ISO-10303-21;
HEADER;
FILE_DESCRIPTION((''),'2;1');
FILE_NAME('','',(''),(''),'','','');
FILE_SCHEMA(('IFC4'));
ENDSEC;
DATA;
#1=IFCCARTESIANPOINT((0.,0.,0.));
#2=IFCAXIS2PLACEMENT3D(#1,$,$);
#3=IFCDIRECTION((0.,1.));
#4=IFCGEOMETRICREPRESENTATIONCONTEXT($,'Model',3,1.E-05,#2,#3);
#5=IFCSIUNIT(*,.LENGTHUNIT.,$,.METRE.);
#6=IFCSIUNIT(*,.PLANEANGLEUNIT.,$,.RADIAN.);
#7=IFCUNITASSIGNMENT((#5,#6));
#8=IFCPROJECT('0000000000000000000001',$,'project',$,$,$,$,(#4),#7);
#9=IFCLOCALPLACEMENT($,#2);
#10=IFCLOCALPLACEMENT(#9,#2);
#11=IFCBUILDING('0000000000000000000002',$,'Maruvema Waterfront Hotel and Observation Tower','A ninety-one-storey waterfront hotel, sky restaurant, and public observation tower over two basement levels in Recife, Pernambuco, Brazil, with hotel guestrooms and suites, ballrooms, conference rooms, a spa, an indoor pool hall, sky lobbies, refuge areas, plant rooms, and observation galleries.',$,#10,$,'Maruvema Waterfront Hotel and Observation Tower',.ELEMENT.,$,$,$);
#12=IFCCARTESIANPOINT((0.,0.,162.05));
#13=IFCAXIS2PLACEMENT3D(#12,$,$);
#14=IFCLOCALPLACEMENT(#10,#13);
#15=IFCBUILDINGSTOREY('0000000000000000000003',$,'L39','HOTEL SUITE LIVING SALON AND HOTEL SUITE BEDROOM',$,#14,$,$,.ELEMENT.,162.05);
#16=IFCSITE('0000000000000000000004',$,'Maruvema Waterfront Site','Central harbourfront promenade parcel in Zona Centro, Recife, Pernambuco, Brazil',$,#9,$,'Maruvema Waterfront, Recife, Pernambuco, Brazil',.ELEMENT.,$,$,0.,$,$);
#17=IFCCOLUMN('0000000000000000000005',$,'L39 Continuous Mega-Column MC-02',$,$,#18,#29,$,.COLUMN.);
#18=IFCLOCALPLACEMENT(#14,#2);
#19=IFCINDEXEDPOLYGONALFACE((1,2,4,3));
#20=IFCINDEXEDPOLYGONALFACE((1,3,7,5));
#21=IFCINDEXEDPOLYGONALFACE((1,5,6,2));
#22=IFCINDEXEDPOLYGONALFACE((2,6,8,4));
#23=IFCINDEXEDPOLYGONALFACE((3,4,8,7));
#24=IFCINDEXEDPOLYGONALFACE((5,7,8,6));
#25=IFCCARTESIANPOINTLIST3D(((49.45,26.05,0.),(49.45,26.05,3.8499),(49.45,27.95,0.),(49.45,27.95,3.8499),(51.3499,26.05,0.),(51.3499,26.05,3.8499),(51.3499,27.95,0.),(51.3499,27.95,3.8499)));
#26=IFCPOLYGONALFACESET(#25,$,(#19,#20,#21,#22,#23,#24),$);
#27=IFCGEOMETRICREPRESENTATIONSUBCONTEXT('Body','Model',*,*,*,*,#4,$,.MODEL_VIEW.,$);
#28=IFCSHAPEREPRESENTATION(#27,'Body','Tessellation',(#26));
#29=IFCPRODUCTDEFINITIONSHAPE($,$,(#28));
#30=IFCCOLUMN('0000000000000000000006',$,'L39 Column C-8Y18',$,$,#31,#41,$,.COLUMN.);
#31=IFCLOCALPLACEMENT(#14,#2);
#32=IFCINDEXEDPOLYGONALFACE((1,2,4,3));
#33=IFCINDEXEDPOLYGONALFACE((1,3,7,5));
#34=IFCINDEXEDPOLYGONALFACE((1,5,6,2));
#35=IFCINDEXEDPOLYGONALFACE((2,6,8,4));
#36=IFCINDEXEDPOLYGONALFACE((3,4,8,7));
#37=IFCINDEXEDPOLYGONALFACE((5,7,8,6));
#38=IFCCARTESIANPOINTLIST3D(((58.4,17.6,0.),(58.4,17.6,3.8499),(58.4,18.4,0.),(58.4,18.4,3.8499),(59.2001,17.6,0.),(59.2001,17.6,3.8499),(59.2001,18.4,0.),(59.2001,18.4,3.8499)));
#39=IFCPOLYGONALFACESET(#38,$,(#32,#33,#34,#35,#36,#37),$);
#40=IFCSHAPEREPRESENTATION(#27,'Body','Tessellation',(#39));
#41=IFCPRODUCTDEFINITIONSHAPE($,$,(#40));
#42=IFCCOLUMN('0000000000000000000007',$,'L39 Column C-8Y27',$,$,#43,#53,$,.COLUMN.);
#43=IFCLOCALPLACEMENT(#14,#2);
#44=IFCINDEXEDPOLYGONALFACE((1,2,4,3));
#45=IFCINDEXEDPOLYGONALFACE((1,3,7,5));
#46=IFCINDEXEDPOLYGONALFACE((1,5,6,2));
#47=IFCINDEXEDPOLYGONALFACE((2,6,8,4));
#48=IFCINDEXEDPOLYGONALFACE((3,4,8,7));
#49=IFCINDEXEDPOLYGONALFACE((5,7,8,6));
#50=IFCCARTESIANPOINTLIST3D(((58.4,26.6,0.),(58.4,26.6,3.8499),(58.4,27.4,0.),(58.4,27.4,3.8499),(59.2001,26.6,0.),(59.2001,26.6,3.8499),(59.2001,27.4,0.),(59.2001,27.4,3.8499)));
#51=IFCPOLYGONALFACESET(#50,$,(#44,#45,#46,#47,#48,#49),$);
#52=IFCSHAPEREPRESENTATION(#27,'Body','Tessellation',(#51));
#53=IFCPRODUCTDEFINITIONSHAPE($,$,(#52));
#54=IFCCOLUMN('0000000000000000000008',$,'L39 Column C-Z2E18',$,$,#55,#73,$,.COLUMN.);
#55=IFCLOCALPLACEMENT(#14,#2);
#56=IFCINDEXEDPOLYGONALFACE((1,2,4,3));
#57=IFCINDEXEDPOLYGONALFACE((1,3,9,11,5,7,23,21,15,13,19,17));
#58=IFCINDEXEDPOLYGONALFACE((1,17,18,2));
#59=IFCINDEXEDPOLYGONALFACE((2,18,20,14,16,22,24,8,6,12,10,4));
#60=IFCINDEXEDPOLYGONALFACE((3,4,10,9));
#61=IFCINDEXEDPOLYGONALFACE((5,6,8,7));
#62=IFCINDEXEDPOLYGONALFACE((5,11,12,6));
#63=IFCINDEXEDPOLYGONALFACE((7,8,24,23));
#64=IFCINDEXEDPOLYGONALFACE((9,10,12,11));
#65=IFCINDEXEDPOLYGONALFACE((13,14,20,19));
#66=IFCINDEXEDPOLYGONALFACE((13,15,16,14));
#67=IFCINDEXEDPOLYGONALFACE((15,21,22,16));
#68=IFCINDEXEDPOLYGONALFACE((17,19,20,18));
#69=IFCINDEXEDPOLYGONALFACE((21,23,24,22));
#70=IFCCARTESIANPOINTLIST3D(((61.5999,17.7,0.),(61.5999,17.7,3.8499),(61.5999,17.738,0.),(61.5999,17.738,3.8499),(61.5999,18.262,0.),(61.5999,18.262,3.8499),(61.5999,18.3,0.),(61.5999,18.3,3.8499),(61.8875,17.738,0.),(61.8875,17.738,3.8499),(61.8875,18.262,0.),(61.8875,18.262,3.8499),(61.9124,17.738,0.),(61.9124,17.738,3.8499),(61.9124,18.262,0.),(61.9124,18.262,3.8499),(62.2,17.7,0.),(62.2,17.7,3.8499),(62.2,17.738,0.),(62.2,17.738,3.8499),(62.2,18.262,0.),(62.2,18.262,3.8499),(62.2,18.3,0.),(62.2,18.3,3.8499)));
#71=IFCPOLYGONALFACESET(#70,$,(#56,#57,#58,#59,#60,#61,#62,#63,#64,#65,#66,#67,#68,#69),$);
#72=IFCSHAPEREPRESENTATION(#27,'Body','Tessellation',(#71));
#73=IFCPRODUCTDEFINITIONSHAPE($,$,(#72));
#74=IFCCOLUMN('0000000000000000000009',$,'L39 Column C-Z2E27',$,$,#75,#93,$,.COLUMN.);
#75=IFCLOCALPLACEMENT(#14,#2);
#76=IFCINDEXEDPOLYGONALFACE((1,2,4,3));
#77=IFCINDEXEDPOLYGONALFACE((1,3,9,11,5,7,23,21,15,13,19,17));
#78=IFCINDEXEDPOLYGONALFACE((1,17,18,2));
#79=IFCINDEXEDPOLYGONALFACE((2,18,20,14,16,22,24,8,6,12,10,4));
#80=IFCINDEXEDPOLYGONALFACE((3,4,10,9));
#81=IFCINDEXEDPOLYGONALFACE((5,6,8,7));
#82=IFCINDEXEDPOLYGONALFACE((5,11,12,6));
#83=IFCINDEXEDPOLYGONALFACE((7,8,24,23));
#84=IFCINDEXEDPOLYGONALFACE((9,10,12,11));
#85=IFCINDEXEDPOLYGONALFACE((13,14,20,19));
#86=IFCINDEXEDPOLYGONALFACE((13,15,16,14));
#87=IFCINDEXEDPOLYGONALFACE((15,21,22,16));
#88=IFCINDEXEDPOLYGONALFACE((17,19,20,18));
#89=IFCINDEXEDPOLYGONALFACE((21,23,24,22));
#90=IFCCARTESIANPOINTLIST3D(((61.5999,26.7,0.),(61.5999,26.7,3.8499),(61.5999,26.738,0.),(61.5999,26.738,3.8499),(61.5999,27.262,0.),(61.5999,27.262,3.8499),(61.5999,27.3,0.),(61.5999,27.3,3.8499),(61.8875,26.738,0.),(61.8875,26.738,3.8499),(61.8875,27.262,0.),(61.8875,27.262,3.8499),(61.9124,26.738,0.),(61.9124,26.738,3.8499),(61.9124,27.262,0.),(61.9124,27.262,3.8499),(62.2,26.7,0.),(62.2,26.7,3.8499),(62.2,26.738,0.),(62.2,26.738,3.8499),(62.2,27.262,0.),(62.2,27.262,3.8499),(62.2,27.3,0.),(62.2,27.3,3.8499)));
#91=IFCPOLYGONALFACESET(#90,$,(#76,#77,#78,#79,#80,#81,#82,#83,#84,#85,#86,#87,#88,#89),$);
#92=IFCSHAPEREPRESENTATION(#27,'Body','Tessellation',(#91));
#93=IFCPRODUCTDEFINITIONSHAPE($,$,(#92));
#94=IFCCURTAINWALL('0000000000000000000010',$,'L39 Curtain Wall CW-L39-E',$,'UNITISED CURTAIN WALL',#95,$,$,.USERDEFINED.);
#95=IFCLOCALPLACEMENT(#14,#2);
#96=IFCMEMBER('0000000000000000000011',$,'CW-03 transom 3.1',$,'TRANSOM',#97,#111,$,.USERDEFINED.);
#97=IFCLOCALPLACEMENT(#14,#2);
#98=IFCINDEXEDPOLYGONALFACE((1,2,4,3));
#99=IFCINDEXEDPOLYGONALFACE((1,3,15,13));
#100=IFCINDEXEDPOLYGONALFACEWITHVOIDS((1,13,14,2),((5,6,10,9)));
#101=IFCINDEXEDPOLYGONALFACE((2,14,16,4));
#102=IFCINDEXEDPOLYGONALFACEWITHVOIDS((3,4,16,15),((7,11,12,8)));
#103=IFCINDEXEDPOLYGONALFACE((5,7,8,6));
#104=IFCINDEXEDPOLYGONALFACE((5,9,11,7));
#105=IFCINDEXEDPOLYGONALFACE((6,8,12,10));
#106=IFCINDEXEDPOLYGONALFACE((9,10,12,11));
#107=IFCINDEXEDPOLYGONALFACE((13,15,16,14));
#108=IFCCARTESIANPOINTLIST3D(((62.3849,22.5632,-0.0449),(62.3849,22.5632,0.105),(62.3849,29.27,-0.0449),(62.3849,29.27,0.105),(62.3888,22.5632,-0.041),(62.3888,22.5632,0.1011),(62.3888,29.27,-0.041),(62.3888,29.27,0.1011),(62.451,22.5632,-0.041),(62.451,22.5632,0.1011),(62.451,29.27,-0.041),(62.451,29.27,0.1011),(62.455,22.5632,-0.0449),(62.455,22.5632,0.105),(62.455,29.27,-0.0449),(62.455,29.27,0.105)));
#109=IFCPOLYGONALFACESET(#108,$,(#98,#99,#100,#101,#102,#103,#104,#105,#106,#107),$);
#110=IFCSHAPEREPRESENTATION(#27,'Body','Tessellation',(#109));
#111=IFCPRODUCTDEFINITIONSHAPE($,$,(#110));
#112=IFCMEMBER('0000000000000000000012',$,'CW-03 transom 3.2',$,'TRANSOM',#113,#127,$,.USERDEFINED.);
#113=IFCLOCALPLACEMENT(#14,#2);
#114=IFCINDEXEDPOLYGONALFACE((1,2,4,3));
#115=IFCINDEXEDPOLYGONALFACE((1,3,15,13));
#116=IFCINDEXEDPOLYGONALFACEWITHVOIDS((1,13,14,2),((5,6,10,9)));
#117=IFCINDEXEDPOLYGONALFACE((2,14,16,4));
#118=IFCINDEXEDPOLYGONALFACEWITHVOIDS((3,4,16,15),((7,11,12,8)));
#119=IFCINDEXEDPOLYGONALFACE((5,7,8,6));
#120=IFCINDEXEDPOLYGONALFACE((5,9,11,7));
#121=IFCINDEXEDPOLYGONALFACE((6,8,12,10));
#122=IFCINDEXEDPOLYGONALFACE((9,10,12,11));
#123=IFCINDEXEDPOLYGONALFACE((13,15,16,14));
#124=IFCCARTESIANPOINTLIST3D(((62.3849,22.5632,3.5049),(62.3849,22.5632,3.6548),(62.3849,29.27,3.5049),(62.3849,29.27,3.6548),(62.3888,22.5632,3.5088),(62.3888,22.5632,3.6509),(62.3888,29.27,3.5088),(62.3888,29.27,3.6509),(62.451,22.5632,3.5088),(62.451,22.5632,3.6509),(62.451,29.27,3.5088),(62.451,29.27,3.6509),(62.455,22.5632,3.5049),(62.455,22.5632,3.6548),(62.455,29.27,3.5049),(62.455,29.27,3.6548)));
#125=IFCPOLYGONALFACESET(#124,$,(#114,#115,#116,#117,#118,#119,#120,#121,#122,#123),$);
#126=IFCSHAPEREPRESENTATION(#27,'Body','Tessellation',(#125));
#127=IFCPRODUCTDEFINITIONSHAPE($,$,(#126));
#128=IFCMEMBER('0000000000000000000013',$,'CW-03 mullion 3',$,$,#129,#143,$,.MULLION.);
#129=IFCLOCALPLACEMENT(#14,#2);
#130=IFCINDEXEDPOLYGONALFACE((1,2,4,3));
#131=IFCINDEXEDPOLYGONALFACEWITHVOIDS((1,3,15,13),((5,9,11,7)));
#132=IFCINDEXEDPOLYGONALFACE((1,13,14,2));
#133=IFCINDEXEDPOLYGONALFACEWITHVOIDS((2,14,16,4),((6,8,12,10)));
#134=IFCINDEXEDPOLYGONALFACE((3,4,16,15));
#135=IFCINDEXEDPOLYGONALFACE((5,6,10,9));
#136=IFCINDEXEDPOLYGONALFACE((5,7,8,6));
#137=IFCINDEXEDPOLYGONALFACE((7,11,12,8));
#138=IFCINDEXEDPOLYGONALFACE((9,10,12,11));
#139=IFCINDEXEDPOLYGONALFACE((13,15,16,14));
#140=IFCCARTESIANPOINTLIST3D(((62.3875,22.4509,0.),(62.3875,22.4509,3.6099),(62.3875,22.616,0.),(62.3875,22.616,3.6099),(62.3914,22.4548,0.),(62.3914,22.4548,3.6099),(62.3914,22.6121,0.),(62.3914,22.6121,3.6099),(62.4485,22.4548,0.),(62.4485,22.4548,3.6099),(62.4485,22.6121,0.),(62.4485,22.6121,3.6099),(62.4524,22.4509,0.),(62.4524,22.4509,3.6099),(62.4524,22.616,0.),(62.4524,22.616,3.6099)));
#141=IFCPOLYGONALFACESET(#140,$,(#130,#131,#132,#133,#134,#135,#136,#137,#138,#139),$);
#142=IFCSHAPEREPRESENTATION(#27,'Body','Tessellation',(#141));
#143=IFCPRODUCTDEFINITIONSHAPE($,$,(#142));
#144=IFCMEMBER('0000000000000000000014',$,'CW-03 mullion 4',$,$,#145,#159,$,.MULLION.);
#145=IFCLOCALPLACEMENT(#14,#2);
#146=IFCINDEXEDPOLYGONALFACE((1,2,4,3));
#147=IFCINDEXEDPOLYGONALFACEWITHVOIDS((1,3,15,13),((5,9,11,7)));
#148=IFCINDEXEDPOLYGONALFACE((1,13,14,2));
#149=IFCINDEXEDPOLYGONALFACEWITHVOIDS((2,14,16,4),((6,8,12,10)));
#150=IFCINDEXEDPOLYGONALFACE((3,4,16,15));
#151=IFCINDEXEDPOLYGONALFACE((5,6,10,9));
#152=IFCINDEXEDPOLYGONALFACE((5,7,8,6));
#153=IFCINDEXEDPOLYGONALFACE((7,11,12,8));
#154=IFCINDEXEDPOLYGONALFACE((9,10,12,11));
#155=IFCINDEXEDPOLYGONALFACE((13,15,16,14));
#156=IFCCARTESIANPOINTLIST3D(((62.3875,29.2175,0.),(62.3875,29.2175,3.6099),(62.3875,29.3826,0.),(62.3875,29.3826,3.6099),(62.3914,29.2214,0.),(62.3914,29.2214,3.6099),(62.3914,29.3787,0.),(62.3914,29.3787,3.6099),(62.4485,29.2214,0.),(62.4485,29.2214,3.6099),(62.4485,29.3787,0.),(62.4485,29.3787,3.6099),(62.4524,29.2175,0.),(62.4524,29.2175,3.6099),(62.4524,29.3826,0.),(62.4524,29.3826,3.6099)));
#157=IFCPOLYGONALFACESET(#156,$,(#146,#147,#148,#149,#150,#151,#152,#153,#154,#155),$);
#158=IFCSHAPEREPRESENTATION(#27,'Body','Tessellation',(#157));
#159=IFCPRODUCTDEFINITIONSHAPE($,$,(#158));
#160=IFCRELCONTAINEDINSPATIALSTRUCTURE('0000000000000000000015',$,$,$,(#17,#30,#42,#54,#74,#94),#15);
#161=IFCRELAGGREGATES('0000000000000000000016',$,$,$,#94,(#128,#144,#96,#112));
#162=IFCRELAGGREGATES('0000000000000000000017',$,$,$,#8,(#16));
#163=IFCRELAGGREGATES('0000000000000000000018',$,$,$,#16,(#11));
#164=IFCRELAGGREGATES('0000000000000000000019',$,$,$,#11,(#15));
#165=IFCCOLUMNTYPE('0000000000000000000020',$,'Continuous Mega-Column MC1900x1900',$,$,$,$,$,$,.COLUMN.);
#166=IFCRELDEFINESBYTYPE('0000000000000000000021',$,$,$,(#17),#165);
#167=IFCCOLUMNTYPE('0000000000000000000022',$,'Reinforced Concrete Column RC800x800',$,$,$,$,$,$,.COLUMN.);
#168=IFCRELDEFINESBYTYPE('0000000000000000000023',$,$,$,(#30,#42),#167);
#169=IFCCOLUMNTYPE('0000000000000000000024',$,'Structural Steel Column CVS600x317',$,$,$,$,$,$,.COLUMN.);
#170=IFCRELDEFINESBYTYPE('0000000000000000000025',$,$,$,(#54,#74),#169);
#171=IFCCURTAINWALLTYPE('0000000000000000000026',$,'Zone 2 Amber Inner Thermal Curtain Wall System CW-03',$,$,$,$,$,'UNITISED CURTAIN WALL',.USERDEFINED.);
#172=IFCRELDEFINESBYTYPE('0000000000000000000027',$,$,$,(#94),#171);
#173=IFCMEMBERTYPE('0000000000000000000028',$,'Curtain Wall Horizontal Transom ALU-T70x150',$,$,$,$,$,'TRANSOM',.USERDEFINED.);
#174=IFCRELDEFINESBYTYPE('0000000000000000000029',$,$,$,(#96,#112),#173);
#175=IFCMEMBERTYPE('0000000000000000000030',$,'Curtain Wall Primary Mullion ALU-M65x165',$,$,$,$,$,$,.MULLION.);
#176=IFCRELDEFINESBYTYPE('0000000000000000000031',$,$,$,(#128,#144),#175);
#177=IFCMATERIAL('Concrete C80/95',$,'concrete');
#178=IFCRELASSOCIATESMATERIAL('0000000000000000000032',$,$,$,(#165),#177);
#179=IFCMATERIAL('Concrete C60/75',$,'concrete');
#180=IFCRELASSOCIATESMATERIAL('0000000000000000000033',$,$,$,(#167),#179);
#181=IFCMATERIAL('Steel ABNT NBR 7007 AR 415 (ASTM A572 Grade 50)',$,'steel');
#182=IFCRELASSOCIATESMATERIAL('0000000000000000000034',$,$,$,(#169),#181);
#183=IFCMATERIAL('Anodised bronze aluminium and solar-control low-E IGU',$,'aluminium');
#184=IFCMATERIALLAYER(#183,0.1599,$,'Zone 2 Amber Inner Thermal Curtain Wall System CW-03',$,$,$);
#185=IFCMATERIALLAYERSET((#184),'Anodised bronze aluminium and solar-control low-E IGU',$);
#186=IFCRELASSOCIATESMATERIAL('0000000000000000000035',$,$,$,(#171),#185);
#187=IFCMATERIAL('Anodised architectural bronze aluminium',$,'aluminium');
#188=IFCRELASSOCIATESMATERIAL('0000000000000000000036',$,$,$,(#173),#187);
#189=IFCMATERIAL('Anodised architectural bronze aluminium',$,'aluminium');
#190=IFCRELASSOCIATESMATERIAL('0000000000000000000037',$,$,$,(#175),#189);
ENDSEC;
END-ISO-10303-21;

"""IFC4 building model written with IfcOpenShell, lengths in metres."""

from ifc_helpers import new_model, si_unit, direction, frame, origin, origin_2d, place, context, subcontext, project, spatial, rectangle, hollow_rectangle, i_section, extrude, material, layer, layer_set, material_profile, profile_set, type_object, element, aggregate, save


model = new_model("IFC4")

# Units and contexts
model_context = context("Model", 3, precision=1e-05, world=origin(), true_north=direction((0.0, 1.0)))
body_context = subcontext(model_context, "Body", "Model", "MODEL_VIEW")
ifc_project = project(units=[si_unit("LENGTHUNIT", "METRE"), si_unit("PLANEANGLEUNIT", "RADIAN")], contexts=[model_context])

# Site, building, storey
site_placement = place(None, origin())
site = spatial("IfcSite", under=ifc_project, at=site_placement, Name="Maruvema Waterfront Site", Description="Central harbourfront promenade parcel in Zona Centro, Recife, Pernambuco, Brazil", LongName="Maruvema Waterfront, Recife, Pernambuco, Brazil", CompositionType="ELEMENT", RefElevation=0.0)
building_placement = place(site_placement, origin())
building = spatial("IfcBuilding", under=site, at=building_placement, Name="Maruvema Waterfront Hotel and Observation Tower", Description="A ninety-one-storey waterfront hotel, sky restaurant, and public observation tower over two basement levels in Recife, Pernambuco, Brazil, with hotel guestrooms and suites, ballrooms, conference rooms, a spa, an indoor pool hall, sky lobbies, refuge areas, plant rooms, and observation galleries.", LongName="Maruvema Waterfront Hotel and Observation Tower", CompositionType="ELEMENT")
storey_placement = place(building_placement, frame((0.0, 0.0, 162.05)))
storey = spatial("IfcBuildingStorey", under=building, at=storey_placement, Name="L39", Description="HOTEL SUITE LIVING SALON AND HOTEL SUITE BEDROOM", CompositionType="ELEMENT", Elevation=162.05)

# Columns
ifc_material_1 = material(Name="Concrete C80/95", Category="concrete")
ifc_material_profile_1 = material_profile(ifc_material_1, rectangle(XDim=1.8999, YDim=1.8999, at=origin_2d()), Name="MC1900x1900")
ifc_profile_set_1 = profile_set([ifc_material_profile_1], Name="Concrete C80/95")
column_type_1 = type_object("IfcColumnType", Name="Continuous Mega-Column MC1900x1900", PredefinedType="COLUMN", material=ifc_profile_set_1)
column_placement = place(storey_placement, frame((50.3999, 27.0, 0.0), z_axis=(0.0, 0.0, 1.0), x_axis=(1.0, 0.0, 0.0)))
element("IfcColumn", 1, at=column_placement, inside=storey, type_object=column_type_1, Name="L39 Continuous Mega-Column MC-02", PredefinedType="COLUMN", context=body_context, shape_type="SweptSolid", body=[
    extrude(rectangle(XDim=1.8999, YDim=1.8999, at=origin_2d()), origin(), (0.0, 0.0, 1.0), 3.8499),
])
ifc_material_2 = material(Name="Concrete C60/75", Category="concrete")
ifc_material_profile_2 = material_profile(ifc_material_2, rectangle(XDim=0.8, YDim=0.8, at=origin_2d()), Name="RC800x800")
ifc_profile_set_2 = profile_set([ifc_material_profile_2], Name="Concrete C60/75")
column_type_2 = type_object("IfcColumnType", Name="Reinforced Concrete Column RC800x800", PredefinedType="COLUMN", material=ifc_profile_set_2)
for number, where, z_axis, x_axis, name in (
    (2, (58.8, 18.0, 0.0), (0.0, 0.0, 1.0), (1.0, 0.0, 0.0), "L39 Column C-8Y18"),
    (3, (58.8, 27.0, 0.0), (0.0, 0.0, 1.0), (1.0, 0.0, 0.0), "L39 Column C-8Y27"),
):
    element("IfcColumn", number, at=place(storey_placement, frame(where, z_axis=z_axis, x_axis=x_axis)), inside=storey, type_object=column_type_2, Name=name, PredefinedType="COLUMN", context=body_context, shape_type="SweptSolid", body=[
        extrude(rectangle(XDim=0.8, YDim=0.8, at=origin_2d()), origin(), (0.0, 0.0, 1.0), 3.8499),
    ])
ifc_material_3 = material(Name="Steel ABNT NBR 7007 AR 415 (ASTM A572 Grade 50)", Category="steel")
ifc_material_profile_3 = material_profile(ifc_material_3, i_section(OverallWidth=0.6001, OverallDepth=0.6001, WebThickness=0.0249, FlangeThickness=0.0381, at=origin_2d()), Name="CVS600x317")
ifc_profile_set_3 = profile_set([ifc_material_profile_3], Name="Steel ABNT NBR 7007 AR 415 (ASTM A572 Grade 50)")
column_type_3 = type_object("IfcColumnType", Name="Structural Steel Column CVS600x317", PredefinedType="COLUMN", material=ifc_profile_set_3)
for number, where, z_axis, x_axis, name in (
    (4, (61.8999, 18.0, 0.0), (0.0, 0.0, 1.0), (1.0, 0.0, 0.0), "L39 Column C-Z2E18"),
    (5, (61.8999, 27.0, 0.0), (0.0, 0.0, 1.0), (1.0, 0.0, 0.0), "L39 Column C-Z2E27"),
):
    element("IfcColumn", number, at=place(storey_placement, frame(where, z_axis=z_axis, x_axis=x_axis)), inside=storey, type_object=column_type_3, Name=name, PredefinedType="COLUMN", context=body_context, shape_type="SweptSolid", body=[
        extrude(i_section(OverallWidth=0.6001, OverallDepth=0.6001, WebThickness=0.0249, FlangeThickness=0.0381, at=origin_2d()), origin(), (0.0, 0.0, 1.0), 3.8499),
    ])

# Curtain wall, members
ifc_material_4 = material(Name="Anodised bronze aluminium and solar-control low-E IGU", Category="aluminium")
ifc_layer_1 = layer(ifc_material_4, 0.1599, Name="Zone 2 Amber Inner Thermal Curtain Wall System CW-03")
ifc_layer_set_1 = layer_set([ifc_layer_1], Name="Anodised bronze aluminium and solar-control low-E IGU")
curtain_wall_type = type_object("IfcCurtainWallType", Name="Zone 2 Amber Inner Thermal Curtain Wall System CW-03", ElementType="UNITISED CURTAIN WALL", PredefinedType="USERDEFINED", material=ifc_layer_set_1)
curtain_wall_placement = place(storey_placement, origin())
curtain_wall = element("IfcCurtainWall", 6, at=curtain_wall_placement, inside=storey, type_object=curtain_wall_type, Name="L39 Curtain Wall CW-L39-E", ObjectType="UNITISED CURTAIN WALL", PredefinedType="USERDEFINED")
ifc_material_5 = material(Name="Anodised architectural bronze aluminium", Category="aluminium")
ifc_material_profile_4 = material_profile(ifc_material_5, hollow_rectangle(XDim=0.0701, YDim=0.1499, WallThickness=0.0039, at=origin_2d()), Name="ALU-T70x150")
ifc_profile_set_4 = profile_set([ifc_material_profile_4], Name="Anodised architectural bronze aluminium")
member_type_1 = type_object("IfcMemberType", Name="Curtain Wall Horizontal Transom ALU-T70x150", ElementType="TRANSOM", PredefinedType="USERDEFINED", material=ifc_profile_set_4)
member_1_placement = place(storey_placement, frame((62.4199, 22.5632, 0.03), z_axis=(0.0, 1.0, 0.0), x_axis=(-1.0, 0.0, 0.0)))
member_1 = element("IfcMember", 7, at=member_1_placement, type_object=member_type_1, Name="CW-03 transom 3.1", ObjectType="TRANSOM", PredefinedType="USERDEFINED", context=body_context, shape_type="SweptSolid", body=[
    extrude(hollow_rectangle(XDim=0.0701, YDim=0.1499, WallThickness=0.0039, at=origin_2d()), origin(), (0.0, 0.0, 1.0), 6.7068),
])
member_2_placement = place(storey_placement, frame((62.4199, 22.5632, 3.5798), z_axis=(0.0, 1.0, 0.0), x_axis=(-1.0, 0.0, 0.0)))
member_2 = element("IfcMember", 8, at=member_2_placement, type_object=member_type_1, Name="CW-03 transom 3.2", ObjectType="TRANSOM", PredefinedType="USERDEFINED", context=body_context, shape_type="SweptSolid", body=[
    extrude(hollow_rectangle(XDim=0.0701, YDim=0.1499, WallThickness=0.0039, at=origin_2d()), origin(), (0.0, 0.0, 1.0), 6.7068),
])
ifc_material_6 = material(Name="Anodised architectural bronze aluminium", Category="aluminium")
ifc_material_profile_5 = material_profile(ifc_material_6, hollow_rectangle(XDim=0.0649, YDim=0.165, WallThickness=0.0039, at=origin_2d()), Name="ALU-M65x165")
ifc_profile_set_5 = profile_set([ifc_material_profile_5], Name="Anodised architectural bronze aluminium")
member_type_2 = type_object("IfcMemberType", Name="Curtain Wall Primary Mullion ALU-M65x165", PredefinedType="MULLION", material=ifc_profile_set_5)
member_3_placement = place(storey_placement, frame((62.4199, 22.5334, 0.0), z_axis=(0.0, 0.0, 1.0), x_axis=(-1.0, 0.0, 0.0)))
member_3 = element("IfcMember", 9, at=member_3_placement, type_object=member_type_2, Name="CW-03 mullion 3", PredefinedType="MULLION", context=body_context, shape_type="SweptSolid", body=[
    extrude(hollow_rectangle(XDim=0.0649, YDim=0.165, WallThickness=0.0039, at=origin_2d()), origin(), (0.0, 0.0, 1.0), 3.6099),
])
member_4_placement = place(storey_placement, frame((62.4199, 29.3, 0.0), z_axis=(0.0, 0.0, 1.0), x_axis=(-1.0, 0.0, 0.0)))
member_4 = element("IfcMember", 10, at=member_4_placement, type_object=member_type_2, Name="CW-03 mullion 4", PredefinedType="MULLION", context=body_context, shape_type="SweptSolid", body=[
    extrude(hollow_rectangle(XDim=0.0649, YDim=0.165, WallThickness=0.0039, at=origin_2d()), origin(), (0.0, 0.0, 1.0), 3.6099),
])

aggregate(curtain_wall, [member_3, member_4, member_1, member_2])

save(model, "model.ifc")
